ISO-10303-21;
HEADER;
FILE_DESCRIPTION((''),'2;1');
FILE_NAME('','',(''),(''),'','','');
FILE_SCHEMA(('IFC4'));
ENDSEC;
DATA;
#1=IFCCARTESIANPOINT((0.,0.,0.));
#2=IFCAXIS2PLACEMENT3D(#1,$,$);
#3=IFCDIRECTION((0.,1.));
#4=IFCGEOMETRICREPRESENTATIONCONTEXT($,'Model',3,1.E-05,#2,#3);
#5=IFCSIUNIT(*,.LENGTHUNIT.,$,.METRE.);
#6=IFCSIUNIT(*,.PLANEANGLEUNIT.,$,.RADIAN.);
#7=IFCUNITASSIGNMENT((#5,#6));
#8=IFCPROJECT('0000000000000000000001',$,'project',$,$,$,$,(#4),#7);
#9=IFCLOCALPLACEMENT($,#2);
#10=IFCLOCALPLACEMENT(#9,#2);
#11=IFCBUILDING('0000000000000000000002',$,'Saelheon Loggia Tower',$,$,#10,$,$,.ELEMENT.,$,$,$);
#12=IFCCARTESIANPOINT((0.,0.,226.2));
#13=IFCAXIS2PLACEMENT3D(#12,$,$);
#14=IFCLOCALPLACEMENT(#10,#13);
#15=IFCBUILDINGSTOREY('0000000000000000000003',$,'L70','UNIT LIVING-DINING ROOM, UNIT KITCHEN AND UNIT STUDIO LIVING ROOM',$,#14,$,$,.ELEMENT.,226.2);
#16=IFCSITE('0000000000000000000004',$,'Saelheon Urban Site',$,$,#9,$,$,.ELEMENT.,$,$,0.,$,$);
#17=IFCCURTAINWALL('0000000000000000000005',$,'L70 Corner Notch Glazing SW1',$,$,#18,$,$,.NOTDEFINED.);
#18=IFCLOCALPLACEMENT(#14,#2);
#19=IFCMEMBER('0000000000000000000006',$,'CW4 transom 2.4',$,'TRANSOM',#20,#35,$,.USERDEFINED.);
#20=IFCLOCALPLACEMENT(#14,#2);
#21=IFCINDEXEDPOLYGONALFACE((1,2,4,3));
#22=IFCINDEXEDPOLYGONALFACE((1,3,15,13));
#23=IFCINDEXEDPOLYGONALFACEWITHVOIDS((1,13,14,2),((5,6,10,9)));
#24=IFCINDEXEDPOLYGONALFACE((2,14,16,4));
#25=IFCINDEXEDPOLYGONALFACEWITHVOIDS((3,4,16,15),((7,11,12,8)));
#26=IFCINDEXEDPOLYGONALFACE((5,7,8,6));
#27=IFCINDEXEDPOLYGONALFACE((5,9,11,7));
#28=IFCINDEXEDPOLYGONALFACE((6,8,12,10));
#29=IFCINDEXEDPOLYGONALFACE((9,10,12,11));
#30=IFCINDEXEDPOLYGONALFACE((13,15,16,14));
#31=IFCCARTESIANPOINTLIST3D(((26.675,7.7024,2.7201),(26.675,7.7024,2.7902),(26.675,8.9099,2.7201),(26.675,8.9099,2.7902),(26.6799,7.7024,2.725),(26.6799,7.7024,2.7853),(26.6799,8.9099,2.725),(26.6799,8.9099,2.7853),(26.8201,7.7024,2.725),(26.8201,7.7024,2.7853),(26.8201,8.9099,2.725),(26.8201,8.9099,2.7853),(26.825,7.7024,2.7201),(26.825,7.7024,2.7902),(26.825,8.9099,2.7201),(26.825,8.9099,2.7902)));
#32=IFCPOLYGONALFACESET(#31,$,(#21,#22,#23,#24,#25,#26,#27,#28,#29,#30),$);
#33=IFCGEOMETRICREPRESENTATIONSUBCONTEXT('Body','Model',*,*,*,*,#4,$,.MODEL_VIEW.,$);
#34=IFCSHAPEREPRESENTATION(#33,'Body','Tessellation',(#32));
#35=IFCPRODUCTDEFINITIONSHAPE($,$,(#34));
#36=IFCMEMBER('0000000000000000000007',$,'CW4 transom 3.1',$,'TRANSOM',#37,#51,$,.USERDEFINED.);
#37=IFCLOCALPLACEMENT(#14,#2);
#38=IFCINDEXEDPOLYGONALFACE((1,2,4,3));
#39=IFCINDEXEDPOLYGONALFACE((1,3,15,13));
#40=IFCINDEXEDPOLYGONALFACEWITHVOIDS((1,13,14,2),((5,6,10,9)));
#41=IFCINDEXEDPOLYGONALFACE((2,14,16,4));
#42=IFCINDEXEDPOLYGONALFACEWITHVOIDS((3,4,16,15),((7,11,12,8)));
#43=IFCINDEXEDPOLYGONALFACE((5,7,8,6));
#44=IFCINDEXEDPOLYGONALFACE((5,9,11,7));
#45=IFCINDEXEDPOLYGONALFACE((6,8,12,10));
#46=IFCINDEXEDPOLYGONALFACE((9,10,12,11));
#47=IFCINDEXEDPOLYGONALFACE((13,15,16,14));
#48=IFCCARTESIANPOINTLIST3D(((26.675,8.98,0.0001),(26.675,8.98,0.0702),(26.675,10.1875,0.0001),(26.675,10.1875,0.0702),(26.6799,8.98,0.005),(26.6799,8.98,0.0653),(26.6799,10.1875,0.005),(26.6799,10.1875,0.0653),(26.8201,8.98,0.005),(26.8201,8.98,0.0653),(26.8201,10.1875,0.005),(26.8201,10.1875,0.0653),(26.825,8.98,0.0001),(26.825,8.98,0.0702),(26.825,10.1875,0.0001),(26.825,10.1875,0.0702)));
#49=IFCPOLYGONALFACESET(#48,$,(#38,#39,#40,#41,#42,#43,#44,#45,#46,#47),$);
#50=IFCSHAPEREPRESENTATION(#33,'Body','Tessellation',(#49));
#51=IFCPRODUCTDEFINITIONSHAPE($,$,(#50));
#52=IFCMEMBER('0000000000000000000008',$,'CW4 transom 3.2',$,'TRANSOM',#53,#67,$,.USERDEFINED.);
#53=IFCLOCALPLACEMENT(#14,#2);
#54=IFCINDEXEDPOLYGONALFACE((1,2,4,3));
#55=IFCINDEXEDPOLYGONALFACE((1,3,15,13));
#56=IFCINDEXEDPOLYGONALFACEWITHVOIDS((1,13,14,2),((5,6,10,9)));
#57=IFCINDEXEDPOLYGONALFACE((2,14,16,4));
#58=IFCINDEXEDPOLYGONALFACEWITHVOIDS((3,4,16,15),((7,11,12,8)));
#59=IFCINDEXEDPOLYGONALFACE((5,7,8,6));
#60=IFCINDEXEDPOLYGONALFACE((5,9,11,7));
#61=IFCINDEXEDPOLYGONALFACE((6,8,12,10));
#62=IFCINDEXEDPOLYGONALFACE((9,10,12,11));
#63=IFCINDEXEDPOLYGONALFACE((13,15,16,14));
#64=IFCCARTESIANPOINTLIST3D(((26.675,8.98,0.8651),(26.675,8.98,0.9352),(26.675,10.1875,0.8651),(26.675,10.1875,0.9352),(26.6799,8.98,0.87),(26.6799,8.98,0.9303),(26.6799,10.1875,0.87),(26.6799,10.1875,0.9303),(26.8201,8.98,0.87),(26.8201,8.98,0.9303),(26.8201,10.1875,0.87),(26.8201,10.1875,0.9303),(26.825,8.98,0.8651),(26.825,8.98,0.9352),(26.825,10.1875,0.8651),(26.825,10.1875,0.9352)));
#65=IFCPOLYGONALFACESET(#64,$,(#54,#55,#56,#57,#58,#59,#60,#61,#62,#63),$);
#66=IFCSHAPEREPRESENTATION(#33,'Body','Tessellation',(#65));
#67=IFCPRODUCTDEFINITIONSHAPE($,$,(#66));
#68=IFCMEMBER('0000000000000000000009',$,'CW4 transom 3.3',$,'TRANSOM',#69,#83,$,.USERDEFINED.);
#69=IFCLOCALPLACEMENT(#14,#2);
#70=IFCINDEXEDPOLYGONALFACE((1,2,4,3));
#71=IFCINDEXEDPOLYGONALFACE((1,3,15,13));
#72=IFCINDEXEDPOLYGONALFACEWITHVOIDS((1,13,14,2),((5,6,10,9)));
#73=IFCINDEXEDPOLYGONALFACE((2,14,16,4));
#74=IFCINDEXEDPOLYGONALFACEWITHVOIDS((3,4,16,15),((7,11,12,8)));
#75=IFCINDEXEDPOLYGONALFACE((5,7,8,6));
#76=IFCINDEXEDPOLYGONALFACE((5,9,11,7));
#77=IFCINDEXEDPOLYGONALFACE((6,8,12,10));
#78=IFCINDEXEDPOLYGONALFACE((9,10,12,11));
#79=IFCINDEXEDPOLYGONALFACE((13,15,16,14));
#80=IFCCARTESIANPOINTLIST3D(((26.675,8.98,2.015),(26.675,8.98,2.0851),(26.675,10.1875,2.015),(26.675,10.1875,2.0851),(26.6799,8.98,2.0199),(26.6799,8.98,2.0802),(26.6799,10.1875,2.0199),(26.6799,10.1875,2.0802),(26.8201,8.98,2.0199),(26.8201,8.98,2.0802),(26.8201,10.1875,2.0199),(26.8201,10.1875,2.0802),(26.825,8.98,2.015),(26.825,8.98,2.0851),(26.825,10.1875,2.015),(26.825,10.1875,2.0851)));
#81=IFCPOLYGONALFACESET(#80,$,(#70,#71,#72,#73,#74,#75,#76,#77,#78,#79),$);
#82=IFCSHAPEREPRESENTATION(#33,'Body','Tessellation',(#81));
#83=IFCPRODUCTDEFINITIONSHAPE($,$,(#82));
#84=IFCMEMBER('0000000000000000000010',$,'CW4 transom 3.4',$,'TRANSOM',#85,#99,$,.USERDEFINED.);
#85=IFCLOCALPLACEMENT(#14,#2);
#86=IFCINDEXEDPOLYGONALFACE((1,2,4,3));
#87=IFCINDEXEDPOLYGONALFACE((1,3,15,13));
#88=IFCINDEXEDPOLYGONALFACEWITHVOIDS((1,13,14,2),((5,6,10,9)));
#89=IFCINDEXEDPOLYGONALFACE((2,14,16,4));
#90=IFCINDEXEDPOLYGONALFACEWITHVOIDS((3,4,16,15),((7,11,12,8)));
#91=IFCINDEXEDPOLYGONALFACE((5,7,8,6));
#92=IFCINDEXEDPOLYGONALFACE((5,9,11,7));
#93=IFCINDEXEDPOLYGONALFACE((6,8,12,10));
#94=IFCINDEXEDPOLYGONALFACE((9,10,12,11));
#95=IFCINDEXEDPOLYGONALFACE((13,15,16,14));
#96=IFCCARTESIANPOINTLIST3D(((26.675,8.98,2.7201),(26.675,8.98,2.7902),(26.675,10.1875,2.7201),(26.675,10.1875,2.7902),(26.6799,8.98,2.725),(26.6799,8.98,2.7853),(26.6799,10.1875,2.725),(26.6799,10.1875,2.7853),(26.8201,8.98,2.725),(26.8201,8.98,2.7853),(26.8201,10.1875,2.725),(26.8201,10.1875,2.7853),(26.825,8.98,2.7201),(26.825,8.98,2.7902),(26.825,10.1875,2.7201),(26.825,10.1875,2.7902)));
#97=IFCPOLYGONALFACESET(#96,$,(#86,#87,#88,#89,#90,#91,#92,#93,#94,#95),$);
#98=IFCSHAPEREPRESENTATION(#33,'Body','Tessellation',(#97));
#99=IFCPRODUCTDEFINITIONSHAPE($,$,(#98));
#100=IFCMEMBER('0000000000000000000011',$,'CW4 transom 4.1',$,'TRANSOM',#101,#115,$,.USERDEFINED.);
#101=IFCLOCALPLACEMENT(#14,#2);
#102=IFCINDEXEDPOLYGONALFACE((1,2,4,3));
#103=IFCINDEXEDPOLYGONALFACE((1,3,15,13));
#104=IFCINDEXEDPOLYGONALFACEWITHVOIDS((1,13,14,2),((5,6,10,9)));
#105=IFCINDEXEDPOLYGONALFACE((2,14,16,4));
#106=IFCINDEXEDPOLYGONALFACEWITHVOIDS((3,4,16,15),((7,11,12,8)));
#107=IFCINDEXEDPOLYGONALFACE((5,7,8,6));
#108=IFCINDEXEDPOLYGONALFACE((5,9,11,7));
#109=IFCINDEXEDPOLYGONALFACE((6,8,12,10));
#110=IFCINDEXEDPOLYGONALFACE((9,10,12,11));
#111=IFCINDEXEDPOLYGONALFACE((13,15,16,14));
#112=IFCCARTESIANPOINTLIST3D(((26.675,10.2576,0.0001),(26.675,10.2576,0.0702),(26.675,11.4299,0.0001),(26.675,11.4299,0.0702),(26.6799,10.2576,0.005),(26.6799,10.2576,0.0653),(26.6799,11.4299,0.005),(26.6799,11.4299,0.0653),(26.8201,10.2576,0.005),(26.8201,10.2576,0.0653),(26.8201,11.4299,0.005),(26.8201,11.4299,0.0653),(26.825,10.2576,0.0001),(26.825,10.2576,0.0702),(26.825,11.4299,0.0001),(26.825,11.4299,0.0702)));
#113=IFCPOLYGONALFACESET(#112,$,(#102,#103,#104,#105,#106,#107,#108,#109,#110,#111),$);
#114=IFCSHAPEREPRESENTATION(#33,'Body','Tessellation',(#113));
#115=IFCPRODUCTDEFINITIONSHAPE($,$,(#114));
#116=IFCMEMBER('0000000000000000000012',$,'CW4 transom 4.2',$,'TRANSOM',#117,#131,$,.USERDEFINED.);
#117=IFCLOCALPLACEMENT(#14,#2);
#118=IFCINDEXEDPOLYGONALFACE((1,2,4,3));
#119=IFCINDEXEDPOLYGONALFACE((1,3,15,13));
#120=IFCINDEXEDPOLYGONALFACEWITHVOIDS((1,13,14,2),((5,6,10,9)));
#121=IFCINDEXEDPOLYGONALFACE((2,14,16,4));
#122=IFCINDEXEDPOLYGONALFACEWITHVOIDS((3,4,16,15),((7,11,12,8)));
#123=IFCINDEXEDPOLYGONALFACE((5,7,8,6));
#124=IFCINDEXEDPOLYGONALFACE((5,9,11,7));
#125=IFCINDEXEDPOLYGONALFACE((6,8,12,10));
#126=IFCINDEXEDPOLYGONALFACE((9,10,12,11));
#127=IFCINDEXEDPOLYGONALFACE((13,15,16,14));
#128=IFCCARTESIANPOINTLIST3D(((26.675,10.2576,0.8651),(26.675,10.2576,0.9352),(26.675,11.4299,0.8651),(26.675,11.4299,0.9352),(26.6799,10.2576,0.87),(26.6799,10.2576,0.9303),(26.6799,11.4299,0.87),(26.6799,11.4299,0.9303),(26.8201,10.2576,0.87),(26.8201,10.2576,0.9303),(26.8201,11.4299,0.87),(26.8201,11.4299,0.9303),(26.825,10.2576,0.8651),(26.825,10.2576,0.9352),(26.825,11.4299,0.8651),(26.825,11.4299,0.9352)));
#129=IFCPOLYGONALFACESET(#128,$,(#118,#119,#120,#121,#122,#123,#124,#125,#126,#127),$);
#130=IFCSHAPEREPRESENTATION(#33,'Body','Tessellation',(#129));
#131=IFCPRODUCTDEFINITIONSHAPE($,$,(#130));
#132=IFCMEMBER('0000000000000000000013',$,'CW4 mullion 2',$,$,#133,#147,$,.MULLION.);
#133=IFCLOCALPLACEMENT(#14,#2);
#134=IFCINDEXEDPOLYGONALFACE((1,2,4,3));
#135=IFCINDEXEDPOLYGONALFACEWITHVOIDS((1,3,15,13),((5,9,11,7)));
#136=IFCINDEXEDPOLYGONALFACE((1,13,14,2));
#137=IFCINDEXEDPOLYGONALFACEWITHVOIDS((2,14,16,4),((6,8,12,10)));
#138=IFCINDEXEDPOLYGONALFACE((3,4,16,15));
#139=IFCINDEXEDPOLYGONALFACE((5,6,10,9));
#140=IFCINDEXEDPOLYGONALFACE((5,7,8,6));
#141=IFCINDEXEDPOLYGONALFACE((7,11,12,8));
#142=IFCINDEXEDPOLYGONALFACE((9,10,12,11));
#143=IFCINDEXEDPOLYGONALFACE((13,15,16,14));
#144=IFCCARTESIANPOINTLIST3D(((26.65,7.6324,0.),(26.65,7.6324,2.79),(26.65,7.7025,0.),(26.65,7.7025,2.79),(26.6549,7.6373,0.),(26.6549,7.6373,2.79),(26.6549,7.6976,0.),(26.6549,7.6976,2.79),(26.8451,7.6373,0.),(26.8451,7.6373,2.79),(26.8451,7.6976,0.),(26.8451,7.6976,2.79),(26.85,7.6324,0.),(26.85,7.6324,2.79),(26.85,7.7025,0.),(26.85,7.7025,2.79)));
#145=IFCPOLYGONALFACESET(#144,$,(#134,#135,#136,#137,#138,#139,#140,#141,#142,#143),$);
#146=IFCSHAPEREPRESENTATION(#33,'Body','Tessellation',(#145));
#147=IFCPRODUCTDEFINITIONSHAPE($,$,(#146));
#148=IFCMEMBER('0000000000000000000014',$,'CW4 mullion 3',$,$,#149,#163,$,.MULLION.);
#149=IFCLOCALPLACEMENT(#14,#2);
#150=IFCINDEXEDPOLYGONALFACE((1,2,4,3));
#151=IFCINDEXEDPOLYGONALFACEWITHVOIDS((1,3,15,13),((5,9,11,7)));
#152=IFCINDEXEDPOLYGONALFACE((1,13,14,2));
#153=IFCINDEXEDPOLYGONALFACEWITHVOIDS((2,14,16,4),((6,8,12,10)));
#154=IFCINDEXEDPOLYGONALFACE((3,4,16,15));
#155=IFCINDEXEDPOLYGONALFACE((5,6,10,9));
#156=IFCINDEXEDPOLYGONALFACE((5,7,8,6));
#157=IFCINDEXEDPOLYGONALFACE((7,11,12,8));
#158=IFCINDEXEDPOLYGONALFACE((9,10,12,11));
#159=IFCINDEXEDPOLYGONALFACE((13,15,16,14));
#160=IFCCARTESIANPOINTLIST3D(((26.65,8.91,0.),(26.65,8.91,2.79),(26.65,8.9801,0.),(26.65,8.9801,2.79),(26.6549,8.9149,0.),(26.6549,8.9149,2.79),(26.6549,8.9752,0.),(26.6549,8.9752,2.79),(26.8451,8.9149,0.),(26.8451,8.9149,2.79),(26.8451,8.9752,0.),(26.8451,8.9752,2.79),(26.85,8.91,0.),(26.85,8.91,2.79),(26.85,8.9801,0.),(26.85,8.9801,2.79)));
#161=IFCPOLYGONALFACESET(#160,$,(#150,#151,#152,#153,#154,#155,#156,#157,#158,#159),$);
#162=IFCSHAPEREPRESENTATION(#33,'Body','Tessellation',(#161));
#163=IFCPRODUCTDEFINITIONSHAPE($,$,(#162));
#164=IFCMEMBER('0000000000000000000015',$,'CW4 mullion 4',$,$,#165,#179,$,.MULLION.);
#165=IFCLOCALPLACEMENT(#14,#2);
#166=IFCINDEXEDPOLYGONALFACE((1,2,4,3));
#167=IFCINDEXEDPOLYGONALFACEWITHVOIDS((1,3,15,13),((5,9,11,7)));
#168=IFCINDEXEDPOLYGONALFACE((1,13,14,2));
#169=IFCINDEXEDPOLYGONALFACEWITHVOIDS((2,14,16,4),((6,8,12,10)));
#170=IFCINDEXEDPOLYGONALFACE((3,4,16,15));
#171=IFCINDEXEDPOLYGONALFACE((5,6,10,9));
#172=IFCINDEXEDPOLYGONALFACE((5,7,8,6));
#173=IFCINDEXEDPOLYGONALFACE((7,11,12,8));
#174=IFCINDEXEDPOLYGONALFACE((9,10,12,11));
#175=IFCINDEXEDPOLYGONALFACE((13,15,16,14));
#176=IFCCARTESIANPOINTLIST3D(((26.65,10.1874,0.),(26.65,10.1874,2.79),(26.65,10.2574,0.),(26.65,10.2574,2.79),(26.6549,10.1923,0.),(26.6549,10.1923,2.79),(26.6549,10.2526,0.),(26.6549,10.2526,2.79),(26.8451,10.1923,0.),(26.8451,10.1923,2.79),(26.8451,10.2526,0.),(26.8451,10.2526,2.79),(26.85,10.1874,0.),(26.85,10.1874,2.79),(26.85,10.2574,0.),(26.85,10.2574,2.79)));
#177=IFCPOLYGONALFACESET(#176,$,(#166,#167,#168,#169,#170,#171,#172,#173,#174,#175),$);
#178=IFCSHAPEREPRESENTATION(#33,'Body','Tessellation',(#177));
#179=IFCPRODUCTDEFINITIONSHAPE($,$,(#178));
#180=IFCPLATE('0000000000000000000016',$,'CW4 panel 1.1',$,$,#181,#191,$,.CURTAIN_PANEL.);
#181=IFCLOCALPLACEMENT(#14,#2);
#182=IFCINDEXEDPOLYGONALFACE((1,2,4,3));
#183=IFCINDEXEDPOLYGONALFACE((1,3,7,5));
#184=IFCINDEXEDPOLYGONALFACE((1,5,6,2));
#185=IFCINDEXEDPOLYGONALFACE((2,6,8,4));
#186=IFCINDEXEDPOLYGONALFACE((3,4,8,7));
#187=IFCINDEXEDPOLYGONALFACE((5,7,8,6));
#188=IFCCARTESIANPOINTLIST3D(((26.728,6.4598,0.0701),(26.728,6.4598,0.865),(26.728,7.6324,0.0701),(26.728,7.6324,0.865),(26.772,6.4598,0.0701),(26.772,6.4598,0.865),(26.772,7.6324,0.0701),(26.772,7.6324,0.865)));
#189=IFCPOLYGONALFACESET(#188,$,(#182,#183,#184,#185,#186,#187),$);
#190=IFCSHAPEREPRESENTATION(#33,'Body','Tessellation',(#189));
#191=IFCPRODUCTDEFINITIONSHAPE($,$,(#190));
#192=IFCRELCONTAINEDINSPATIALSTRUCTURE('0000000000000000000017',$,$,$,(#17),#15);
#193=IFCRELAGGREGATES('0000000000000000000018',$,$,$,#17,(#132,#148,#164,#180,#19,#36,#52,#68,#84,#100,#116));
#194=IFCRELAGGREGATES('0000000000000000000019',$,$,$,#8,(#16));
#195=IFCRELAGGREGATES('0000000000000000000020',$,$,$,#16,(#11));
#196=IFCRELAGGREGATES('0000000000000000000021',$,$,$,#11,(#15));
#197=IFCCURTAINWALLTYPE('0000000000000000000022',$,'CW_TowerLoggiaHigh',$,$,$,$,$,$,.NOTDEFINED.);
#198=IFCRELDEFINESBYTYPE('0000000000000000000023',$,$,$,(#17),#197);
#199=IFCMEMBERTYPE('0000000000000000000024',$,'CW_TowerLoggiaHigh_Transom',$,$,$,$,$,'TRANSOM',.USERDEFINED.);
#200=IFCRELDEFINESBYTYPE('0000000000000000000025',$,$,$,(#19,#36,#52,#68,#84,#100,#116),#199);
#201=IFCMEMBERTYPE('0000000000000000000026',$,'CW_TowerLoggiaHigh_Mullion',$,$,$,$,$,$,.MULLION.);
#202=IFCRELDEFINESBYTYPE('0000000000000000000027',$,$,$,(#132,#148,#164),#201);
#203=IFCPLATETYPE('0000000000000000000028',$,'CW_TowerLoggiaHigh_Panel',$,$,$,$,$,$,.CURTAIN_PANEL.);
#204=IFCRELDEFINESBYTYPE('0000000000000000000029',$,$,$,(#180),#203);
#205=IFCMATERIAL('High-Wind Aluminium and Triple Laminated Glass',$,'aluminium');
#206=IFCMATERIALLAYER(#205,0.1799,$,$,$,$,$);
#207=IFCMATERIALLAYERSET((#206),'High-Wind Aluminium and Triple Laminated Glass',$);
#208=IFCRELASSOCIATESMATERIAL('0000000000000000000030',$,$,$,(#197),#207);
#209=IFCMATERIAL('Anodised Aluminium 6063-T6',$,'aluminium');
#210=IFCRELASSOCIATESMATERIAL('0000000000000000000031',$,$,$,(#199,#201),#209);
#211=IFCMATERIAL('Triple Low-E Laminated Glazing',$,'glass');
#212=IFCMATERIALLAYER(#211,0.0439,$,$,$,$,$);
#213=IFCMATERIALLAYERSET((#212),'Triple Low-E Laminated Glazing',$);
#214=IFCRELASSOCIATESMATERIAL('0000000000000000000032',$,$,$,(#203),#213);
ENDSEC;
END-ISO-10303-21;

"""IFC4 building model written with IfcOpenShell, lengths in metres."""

from ifc_helpers import new_model, si_unit, direction, frame, origin, origin_2d, place, context, subcontext, project, spatial, rectangle, hollow_rectangle, extrude, source, transform, mapped, material, layer, layer_set, material_profile, profile_set, type_object, element, aggregate, save


model = new_model("IFC4")

# Units and contexts
model_context = context("Model", 3, precision=1e-05, world=origin(), true_north=direction((0.0, 1.0)))
body_context = subcontext(model_context, "Body", "Model", "MODEL_VIEW")
ifc_project = project(units=[si_unit("LENGTHUNIT", "METRE"), si_unit("PLANEANGLEUNIT", "RADIAN")], contexts=[model_context])

# Site, building, storey
site_placement = place(None, origin())
site = spatial("IfcSite", under=ifc_project, at=site_placement, Name="Saelheon Urban Site", CompositionType="ELEMENT", RefElevation=0.0)
building_placement = place(site_placement, origin())
building = spatial("IfcBuilding", under=site, at=building_placement, Name="Saelheon Loggia Tower", CompositionType="ELEMENT")
storey_placement = place(building_placement, frame((0.0, 0.0, 226.2)))
storey = spatial("IfcBuildingStorey", under=building, at=storey_placement, Name="L70", Description="UNIT LIVING-DINING ROOM, UNIT KITCHEN AND UNIT STUDIO LIVING ROOM", CompositionType="ELEMENT", Elevation=226.2)

# Curtain wall, members, plate
ifc_material_1 = material(Name="High-Wind Aluminium and Triple Laminated Glass", Category="aluminium")
ifc_layer_1 = layer(ifc_material_1, 0.1799)
ifc_layer_set_1 = layer_set([ifc_layer_1], Name="High-Wind Aluminium and Triple Laminated Glass")
curtain_wall_type = type_object("IfcCurtainWallType", Name="CW_TowerLoggiaHigh", PredefinedType="NOTDEFINED", material=ifc_layer_set_1)
curtain_wall_placement = place(storey_placement, origin())
curtain_wall = element("IfcCurtainWall", 1, at=curtain_wall_placement, inside=storey, type_object=curtain_wall_type, Name="L70 Corner Notch Glazing SW1", PredefinedType="NOTDEFINED")
ifc_material_2 = material(Name="Anodised Aluminium 6063-T6", Category="aluminium")
ifc_material_profile_1 = material_profile(ifc_material_2, hollow_rectangle(XDim=0.0701, YDim=0.1499, WallThickness=0.0049, at=origin_2d()), Name="RHS-150x70x5")
ifc_profile_set_1 = profile_set([ifc_material_profile_1], Name="Anodised Aluminium 6063-T6")
member_type_1 = type_object("IfcMemberType", Name="CW_TowerLoggiaHigh_Transom", ElementType="TRANSOM", PredefinedType="USERDEFINED", material=ifc_profile_set_1)
shared_shape_1 = source(origin(), body_context, "Body", "SweptSolid", [
    extrude(hollow_rectangle(XDim=0.0701, YDim=0.1499, WallThickness=0.0049, at=origin_2d()), origin(), (0.0, 0.0, 1.0), 1.2075),
])
member_1_placement = place(storey_placement, frame((26.75, 7.7024, 2.7551), z_axis=(0.0, 1.0, 0.0), x_axis=(0.0, 0.0, 1.0)))
member_1 = element("IfcMember", 2, at=member_1_placement, type_object=member_type_1, Name="CW4 transom 2.4", ObjectType="TRANSOM", PredefinedType="USERDEFINED", context=body_context, shape_type="MappedRepresentation", body=[
    mapped(shared_shape_1, transform((0.0, 0.0, 0.0), scale=1.0)),
])
member_2_placement = place(storey_placement, frame((26.75, 8.98, 0.0352), z_axis=(0.0, 1.0, 0.0), x_axis=(0.0, 0.0, 1.0)))
member_2 = element("IfcMember", 3, at=member_2_placement, type_object=member_type_1, Name="CW4 transom 3.1", ObjectType="TRANSOM", PredefinedType="USERDEFINED", context=body_context, shape_type="MappedRepresentation", body=[
    mapped(shared_shape_1, transform((0.0, 0.0, 0.0), scale=1.0)),
])
member_3_placement = place(storey_placement, frame((26.75, 8.98, 0.9001), z_axis=(0.0, 1.0, 0.0), x_axis=(0.0, 0.0, 1.0)))
member_3 = element("IfcMember", 4, at=member_3_placement, type_object=member_type_1, Name="CW4 transom 3.2", ObjectType="TRANSOM", PredefinedType="USERDEFINED", context=body_context, shape_type="MappedRepresentation", body=[
    mapped(shared_shape_1, transform((0.0, 0.0, 0.0), scale=1.0)),
])
member_4_placement = place(storey_placement, frame((26.75, 8.98, 2.05), z_axis=(0.0, 1.0, 0.0), x_axis=(0.0, 0.0, 1.0)))
member_4 = element("IfcMember", 5, at=member_4_placement, type_object=member_type_1, Name="CW4 transom 3.3", ObjectType="TRANSOM", PredefinedType="USERDEFINED", context=body_context, shape_type="MappedRepresentation", body=[
    mapped(shared_shape_1, transform((0.0, 0.0, 0.0), scale=1.0)),
])
member_5_placement = place(storey_placement, frame((26.75, 8.98, 2.7551), z_axis=(0.0, 1.0, 0.0), x_axis=(0.0, 0.0, 1.0)))
member_5 = element("IfcMember", 6, at=member_5_placement, type_object=member_type_1, Name="CW4 transom 3.4", ObjectType="TRANSOM", PredefinedType="USERDEFINED", context=body_context, shape_type="MappedRepresentation", body=[
    mapped(shared_shape_1, transform((0.0, 0.0, 0.0), scale=1.0)),
])
shared_shape_2 = source(origin(), body_context, "Body", "SweptSolid", [
    extrude(hollow_rectangle(XDim=0.0701, YDim=0.1499, WallThickness=0.0049, at=origin_2d()), origin(), (0.0, 0.0, 1.0), 1.1724),
])
member_6_placement = place(storey_placement, frame((26.75, 10.2576, 0.0352), z_axis=(0.0, 1.0, 0.0), x_axis=(0.0, 0.0, 1.0)))
member_6 = element("IfcMember", 7, at=member_6_placement, type_object=member_type_1, Name="CW4 transom 4.1", ObjectType="TRANSOM", PredefinedType="USERDEFINED", context=body_context, shape_type="MappedRepresentation", body=[
    mapped(shared_shape_2, transform((0.0, 0.0, 0.0), scale=1.0)),
])
member_7_placement = place(storey_placement, frame((26.75, 10.2576, 0.9001), z_axis=(0.0, 1.0, 0.0), x_axis=(0.0, 0.0, 1.0)))
member_7 = element("IfcMember", 8, at=member_7_placement, type_object=member_type_1, Name="CW4 transom 4.2", ObjectType="TRANSOM", PredefinedType="USERDEFINED", context=body_context, shape_type="MappedRepresentation", body=[
    mapped(shared_shape_2, transform((0.0, 0.0, 0.0), scale=1.0)),
])
ifc_material_profile_2 = material_profile(ifc_material_2, hollow_rectangle(XDim=0.0701, YDim=0.2, WallThickness=0.0049, at=origin_2d()), Name="RHS-200x70x5")
ifc_profile_set_2 = profile_set([ifc_material_profile_2], Name="Anodised Aluminium 6063-T6")
member_type_2 = type_object("IfcMemberType", Name="CW_TowerLoggiaHigh_Mullion", PredefinedType="MULLION", material=ifc_profile_set_2)
shared_shape_3 = source(origin(), body_context, "Body", "SweptSolid", [
    extrude(hollow_rectangle(XDim=0.0701, YDim=0.2, WallThickness=0.0049, at=origin_2d()), origin(), (0.0, 0.0, 1.0), 2.79),
])
member_8_placement = place(storey_placement, frame((26.75, 7.6675, 0.0), z_axis=(0.0, 0.0, 1.0), x_axis=(0.0, 1.0, 0.0)))
member_8 = element("IfcMember", 9, at=member_8_placement, type_object=member_type_2, Name="CW4 mullion 2", PredefinedType="MULLION", context=body_context, shape_type="MappedRepresentation", body=[
    mapped(shared_shape_3, transform((0.0, 0.0, 0.0), scale=1.0)),
])
member_9_placement = place(storey_placement, frame((26.75, 8.9451, 0.0), z_axis=(0.0, 0.0, 1.0), x_axis=(0.0, 1.0, 0.0)))
member_9 = element("IfcMember", 10, at=member_9_placement, type_object=member_type_2, Name="CW4 mullion 3", PredefinedType="MULLION", context=body_context, shape_type="MappedRepresentation", body=[
    mapped(shared_shape_3, transform((0.0, 0.0, 0.0), scale=1.0)),
])
member_10_placement = place(storey_placement, frame((26.75, 10.2224, 0.0), z_axis=(0.0, 0.0, 1.0), x_axis=(0.0, 1.0, 0.0)))
member_10 = element("IfcMember", 11, at=member_10_placement, type_object=member_type_2, Name="CW4 mullion 4", PredefinedType="MULLION", context=body_context, shape_type="MappedRepresentation", body=[
    mapped(shared_shape_3, transform((0.0, 0.0, 0.0), scale=1.0)),
])
ifc_material_3 = material(Name="Triple Low-E Laminated Glazing", Category="glass")
ifc_layer_2 = layer(ifc_material_3, 0.0439)
ifc_layer_set_2 = layer_set([ifc_layer_2], Name="Triple Low-E Laminated Glazing")
plate_type = type_object("IfcPlateType", Name="CW_TowerLoggiaHigh_Panel", PredefinedType="CURTAIN_PANEL", material=ifc_layer_set_2)
shared_shape_4 = source(origin(), body_context, "Body", "SweptSolid", [
    extrude(rectangle(XDim=1.1726, YDim=0.0439, at=origin_2d()), origin(), (0.0, 0.0, 1.0), 0.7949),
])
plate_1_placement = place(storey_placement, frame((26.75, 7.0461, 0.0701), z_axis=(0.0, 0.0, 1.0), x_axis=(0.0, 1.0, 0.0)))
plate_1 = element("IfcPlate", 12, at=plate_1_placement, type_object=plate_type, Name="CW4 panel 1.1", PredefinedType="CURTAIN_PANEL", context=body_context, shape_type="MappedRepresentation", body=[
    mapped(shared_shape_4, transform((0.0, 0.0, 0.0), scale=1.0)),
])
aggregate(curtain_wall, [member_8, member_9, member_10, plate_1, member_1, member_2, member_3, member_4, member_5, member_6, member_7])

save(model, "model.ifc")
